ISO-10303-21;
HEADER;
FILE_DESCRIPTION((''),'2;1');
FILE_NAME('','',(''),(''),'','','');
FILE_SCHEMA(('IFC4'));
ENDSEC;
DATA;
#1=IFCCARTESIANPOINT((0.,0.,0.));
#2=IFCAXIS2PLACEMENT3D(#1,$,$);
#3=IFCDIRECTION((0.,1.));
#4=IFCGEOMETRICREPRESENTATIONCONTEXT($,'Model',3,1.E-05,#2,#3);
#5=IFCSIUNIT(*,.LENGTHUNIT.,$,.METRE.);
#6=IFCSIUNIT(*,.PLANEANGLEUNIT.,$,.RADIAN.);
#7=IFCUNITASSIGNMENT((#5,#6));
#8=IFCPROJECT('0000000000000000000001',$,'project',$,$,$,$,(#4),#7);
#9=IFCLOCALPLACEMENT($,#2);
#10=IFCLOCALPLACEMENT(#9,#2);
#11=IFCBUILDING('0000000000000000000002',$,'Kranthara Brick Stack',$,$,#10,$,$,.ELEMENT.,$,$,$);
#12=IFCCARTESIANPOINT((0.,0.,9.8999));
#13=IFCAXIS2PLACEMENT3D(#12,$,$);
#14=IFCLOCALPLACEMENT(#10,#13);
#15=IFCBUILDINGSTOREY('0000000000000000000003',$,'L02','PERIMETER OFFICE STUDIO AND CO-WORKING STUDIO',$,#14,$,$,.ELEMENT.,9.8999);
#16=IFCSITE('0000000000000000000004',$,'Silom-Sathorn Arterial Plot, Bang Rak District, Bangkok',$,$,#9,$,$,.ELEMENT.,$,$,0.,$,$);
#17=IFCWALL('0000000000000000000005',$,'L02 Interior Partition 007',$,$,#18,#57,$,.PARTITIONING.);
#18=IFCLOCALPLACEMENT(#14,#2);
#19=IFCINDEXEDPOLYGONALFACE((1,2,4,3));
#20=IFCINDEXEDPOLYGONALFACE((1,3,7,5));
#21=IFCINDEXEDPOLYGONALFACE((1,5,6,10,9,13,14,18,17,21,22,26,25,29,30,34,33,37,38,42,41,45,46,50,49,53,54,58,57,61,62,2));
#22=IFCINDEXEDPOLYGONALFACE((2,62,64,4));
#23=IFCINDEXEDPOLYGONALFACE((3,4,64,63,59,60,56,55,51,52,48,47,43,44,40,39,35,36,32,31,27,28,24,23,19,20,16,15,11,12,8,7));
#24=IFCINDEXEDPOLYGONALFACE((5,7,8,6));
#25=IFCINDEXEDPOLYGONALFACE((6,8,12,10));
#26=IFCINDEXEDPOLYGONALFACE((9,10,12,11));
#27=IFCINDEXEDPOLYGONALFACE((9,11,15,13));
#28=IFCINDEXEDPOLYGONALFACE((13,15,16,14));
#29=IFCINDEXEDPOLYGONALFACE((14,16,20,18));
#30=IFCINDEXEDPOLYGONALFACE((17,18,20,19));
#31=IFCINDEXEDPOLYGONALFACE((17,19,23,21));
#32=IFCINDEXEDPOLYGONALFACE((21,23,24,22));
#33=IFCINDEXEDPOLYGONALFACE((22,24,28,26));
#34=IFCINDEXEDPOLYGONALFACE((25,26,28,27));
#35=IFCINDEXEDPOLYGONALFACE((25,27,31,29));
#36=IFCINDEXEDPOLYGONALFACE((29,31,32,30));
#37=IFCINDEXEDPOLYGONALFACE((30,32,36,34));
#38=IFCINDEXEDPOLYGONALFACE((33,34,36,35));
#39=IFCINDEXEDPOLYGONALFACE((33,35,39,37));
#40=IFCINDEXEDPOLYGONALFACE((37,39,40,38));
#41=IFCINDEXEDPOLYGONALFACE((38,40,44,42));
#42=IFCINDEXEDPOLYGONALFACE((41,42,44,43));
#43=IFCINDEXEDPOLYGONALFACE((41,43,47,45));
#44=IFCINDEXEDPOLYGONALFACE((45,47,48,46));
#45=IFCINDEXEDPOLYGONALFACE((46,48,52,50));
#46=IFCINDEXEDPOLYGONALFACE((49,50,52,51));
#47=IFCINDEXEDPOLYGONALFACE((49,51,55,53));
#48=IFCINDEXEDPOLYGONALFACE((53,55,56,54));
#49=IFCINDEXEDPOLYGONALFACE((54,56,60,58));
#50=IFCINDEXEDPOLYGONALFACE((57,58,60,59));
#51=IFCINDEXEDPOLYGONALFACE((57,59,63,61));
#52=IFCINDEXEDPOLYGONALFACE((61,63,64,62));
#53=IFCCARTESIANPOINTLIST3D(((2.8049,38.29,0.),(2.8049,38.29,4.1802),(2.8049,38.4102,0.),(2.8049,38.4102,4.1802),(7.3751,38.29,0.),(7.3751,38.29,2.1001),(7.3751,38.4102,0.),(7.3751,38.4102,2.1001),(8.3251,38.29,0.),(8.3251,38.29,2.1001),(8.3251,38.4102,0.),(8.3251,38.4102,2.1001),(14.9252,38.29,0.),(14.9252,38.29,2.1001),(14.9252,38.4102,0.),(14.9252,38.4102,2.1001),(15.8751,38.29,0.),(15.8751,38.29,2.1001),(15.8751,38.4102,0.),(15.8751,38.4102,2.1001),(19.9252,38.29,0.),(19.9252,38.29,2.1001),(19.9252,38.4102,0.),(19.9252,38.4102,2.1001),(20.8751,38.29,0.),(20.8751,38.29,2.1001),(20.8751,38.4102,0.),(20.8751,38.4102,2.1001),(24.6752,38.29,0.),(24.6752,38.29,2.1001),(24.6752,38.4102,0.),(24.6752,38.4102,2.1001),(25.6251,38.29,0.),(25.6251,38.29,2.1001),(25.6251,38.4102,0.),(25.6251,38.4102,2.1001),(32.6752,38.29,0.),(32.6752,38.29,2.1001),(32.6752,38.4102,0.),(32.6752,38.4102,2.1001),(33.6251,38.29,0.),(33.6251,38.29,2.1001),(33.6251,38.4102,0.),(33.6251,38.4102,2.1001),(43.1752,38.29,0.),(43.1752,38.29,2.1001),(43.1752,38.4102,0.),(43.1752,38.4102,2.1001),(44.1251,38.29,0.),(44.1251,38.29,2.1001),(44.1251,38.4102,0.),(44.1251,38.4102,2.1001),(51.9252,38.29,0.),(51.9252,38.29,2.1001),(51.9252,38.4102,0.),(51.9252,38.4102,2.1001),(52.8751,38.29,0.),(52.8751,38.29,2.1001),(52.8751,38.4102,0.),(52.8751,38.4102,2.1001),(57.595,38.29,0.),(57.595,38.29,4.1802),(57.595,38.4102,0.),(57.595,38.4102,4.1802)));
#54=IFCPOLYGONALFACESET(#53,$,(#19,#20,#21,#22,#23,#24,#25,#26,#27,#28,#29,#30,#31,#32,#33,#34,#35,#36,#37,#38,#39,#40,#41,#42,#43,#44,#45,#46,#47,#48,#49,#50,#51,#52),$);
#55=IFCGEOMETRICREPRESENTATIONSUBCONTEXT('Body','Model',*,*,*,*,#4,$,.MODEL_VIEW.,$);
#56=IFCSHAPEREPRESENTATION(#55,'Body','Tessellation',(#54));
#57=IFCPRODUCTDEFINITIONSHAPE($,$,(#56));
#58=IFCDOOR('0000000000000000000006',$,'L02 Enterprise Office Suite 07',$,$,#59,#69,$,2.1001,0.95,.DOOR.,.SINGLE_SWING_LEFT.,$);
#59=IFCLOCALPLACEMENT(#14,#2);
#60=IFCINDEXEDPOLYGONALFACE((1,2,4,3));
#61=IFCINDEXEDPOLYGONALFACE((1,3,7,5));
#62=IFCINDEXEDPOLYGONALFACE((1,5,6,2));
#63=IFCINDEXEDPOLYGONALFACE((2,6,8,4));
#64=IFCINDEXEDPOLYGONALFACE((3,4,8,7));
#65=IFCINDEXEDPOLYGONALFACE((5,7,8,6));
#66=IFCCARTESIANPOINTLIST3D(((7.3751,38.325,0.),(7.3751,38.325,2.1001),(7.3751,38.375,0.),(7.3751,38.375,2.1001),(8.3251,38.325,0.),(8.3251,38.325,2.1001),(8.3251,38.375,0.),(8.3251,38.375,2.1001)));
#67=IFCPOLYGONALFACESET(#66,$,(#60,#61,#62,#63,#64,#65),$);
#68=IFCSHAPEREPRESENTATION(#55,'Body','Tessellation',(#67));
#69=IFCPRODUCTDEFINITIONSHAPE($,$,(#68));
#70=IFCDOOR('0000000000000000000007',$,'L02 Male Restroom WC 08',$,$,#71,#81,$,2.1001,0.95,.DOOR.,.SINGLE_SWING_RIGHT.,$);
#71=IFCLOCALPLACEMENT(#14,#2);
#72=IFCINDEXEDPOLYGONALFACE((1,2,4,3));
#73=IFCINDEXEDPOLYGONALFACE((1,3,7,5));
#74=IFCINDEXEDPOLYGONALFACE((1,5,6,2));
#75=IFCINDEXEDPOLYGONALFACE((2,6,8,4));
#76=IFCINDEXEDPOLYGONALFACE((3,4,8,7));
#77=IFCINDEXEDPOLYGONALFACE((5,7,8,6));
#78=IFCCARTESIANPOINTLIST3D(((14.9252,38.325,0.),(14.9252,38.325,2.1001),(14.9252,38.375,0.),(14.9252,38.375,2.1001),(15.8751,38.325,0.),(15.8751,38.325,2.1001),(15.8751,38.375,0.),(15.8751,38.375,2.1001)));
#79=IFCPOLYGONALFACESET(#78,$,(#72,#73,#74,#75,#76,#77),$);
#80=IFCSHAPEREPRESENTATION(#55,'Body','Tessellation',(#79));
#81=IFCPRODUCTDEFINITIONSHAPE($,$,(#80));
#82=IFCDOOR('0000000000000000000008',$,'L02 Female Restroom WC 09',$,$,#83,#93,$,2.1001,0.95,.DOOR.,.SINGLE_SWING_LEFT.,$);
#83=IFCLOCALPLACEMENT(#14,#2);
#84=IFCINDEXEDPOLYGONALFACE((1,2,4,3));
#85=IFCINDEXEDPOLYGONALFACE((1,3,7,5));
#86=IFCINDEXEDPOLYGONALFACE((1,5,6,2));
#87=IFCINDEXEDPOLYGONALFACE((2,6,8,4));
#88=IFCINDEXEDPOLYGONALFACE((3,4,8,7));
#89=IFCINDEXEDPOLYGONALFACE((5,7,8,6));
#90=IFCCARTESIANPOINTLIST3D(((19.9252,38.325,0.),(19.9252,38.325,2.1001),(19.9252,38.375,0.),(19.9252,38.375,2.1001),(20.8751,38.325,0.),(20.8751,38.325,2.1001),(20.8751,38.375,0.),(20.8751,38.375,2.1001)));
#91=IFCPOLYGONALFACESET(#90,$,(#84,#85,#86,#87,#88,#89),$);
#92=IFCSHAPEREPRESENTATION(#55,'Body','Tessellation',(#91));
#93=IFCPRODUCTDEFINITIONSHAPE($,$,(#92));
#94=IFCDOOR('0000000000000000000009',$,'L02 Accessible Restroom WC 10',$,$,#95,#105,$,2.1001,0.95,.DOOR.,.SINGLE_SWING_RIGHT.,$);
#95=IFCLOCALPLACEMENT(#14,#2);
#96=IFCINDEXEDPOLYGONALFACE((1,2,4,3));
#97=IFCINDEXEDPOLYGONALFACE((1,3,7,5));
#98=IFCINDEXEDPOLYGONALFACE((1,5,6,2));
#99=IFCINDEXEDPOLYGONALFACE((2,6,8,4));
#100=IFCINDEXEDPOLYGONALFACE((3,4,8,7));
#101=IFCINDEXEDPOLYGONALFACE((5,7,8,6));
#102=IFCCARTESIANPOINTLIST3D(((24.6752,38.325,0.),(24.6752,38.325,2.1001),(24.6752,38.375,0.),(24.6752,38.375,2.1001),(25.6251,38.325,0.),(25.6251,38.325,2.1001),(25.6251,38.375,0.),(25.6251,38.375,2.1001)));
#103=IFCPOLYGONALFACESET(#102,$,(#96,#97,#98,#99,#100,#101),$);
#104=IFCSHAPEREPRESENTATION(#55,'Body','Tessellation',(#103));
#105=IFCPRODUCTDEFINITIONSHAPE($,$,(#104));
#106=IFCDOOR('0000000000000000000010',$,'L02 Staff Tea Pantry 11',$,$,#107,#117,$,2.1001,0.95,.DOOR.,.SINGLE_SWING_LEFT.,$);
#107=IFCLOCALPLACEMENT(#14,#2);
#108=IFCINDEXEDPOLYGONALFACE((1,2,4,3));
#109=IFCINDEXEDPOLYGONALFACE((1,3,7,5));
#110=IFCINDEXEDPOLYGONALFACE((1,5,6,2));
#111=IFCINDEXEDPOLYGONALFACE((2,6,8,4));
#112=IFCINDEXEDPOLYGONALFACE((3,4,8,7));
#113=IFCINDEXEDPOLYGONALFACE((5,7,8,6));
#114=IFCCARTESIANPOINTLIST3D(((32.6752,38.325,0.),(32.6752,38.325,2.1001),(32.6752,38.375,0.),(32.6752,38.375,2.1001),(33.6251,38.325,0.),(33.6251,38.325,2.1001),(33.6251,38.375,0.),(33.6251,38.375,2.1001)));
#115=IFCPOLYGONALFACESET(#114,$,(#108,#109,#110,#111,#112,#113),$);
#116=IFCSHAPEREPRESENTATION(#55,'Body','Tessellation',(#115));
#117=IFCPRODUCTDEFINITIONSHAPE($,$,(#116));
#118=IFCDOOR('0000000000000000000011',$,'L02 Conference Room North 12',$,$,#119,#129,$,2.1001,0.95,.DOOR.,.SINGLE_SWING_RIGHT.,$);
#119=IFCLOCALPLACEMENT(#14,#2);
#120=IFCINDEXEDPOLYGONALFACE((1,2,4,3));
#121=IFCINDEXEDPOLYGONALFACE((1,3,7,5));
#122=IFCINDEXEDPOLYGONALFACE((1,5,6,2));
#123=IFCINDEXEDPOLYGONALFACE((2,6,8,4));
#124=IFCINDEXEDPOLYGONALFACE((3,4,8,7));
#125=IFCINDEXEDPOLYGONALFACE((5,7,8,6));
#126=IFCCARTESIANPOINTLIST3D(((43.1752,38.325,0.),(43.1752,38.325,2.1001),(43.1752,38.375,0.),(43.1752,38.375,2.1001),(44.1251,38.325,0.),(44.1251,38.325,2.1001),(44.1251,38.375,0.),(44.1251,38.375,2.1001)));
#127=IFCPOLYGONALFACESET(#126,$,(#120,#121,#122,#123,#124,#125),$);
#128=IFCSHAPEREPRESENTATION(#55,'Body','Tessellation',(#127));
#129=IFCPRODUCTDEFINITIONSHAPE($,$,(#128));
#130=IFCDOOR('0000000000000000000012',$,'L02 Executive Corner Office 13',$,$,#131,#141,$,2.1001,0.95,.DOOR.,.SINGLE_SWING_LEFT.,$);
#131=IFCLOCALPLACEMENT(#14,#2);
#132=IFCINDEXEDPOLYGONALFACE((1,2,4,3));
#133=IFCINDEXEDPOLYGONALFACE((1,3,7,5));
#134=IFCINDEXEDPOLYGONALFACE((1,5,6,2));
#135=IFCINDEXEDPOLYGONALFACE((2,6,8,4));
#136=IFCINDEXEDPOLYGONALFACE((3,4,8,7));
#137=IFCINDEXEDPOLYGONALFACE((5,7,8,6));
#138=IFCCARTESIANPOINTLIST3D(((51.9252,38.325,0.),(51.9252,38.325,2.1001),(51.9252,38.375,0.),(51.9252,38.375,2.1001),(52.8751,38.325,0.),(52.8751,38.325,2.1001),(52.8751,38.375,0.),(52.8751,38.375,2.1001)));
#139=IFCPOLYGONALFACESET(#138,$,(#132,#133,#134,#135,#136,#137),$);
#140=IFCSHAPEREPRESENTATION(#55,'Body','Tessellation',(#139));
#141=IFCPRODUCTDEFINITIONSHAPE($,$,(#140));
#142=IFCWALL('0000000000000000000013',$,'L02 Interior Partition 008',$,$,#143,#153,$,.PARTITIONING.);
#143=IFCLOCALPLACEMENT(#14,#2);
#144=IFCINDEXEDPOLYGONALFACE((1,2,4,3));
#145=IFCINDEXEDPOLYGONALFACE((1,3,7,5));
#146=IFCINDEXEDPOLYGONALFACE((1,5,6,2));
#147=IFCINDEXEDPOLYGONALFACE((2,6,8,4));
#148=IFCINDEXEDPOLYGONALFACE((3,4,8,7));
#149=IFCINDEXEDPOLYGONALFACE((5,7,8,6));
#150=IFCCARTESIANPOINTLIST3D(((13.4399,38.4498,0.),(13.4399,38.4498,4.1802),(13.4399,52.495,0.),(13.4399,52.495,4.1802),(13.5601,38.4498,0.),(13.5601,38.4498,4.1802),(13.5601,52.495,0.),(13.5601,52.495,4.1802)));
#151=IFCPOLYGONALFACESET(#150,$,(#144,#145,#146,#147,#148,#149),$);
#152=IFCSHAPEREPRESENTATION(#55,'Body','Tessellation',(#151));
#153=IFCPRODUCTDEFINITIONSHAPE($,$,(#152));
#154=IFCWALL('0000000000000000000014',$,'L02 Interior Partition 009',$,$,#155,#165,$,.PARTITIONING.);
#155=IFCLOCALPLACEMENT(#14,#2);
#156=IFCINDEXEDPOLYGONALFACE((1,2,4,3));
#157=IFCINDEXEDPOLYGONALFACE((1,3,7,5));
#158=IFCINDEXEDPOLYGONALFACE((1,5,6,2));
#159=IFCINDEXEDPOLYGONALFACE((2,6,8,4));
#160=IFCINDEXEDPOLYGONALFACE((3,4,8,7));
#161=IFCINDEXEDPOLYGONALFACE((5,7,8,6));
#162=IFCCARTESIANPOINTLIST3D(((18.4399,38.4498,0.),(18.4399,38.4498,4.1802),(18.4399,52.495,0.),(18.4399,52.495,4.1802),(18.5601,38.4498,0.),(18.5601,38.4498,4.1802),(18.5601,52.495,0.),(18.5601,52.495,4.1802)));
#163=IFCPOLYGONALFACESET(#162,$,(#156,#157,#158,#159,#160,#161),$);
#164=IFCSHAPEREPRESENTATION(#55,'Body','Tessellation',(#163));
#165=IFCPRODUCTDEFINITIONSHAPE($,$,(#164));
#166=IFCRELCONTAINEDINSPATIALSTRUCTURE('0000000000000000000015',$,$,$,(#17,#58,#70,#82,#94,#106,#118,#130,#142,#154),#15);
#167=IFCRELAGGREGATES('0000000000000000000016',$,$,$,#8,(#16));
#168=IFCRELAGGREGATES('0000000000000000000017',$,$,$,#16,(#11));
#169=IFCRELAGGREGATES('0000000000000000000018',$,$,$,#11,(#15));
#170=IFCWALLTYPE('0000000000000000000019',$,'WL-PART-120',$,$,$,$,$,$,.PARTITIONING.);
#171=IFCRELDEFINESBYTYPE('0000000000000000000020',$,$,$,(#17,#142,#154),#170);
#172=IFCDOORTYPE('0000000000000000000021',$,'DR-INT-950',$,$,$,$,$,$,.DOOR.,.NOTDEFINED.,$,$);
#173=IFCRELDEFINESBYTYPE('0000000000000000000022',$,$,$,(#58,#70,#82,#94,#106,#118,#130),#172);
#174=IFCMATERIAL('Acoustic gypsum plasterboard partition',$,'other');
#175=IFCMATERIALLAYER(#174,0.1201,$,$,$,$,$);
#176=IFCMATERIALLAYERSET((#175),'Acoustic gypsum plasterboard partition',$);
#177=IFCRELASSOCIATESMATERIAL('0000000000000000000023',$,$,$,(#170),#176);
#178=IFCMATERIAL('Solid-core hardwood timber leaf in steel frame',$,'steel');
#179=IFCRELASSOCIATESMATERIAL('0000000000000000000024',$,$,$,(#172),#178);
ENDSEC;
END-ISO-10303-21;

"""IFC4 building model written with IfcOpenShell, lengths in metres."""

from ifc_helpers import new_model, si_unit, direction, frame, frame_2d, origin, place, context, subcontext, project, spatial, rectangle, extrude, material, layer, layer_set, type_object, element, fill, save


model = new_model("IFC4")

# Units and contexts
model_context = context("Model", 3, precision=1e-05, world=origin(), true_north=direction((0.0, 1.0)))
body_context = subcontext(model_context, "Body", "Model", "MODEL_VIEW")
ifc_project = project(units=[si_unit("LENGTHUNIT", "METRE"), si_unit("PLANEANGLEUNIT", "RADIAN")], contexts=[model_context])

# Site, building, storey
site_placement = place(None, origin())
site = spatial("IfcSite", under=ifc_project, at=site_placement, Name="Silom-Sathorn Arterial Plot, Bang Rak District, Bangkok", CompositionType="ELEMENT", RefElevation=0.0)
building_placement = place(site_placement, origin())
building = spatial("IfcBuilding", under=site, at=building_placement, Name="Kranthara Brick Stack", CompositionType="ELEMENT")
storey_placement = place(building_placement, frame((0.0, 0.0, 9.8999)))
storey = spatial("IfcBuildingStorey", under=building, at=storey_placement, Name="L02", Description="PERIMETER OFFICE STUDIO AND CO-WORKING STUDIO", CompositionType="ELEMENT", Elevation=9.8999)

# Wall, openings, doors
ifc_material_1 = material(Name="Acoustic gypsum plasterboard partition", Category="other")
ifc_layer_1 = layer(ifc_material_1, 0.1201)
ifc_layer_set_1 = layer_set([ifc_layer_1], Name="Acoustic gypsum plasterboard partition")
wall_type_1 = type_object("IfcWallType", Name="WL-PART-120", PredefinedType="PARTITIONING", material=ifc_layer_set_1)
wall_1_placement = place(storey_placement, frame((2.8049, 38.3501, 0.0), z_axis=(0.0, 0.0, 1.0), x_axis=(1.0, 0.0, 0.0)))
wall_1 = element("IfcWall", 1, at=wall_1_placement, inside=storey, type_object=wall_type_1, Name="L02 Interior Partition 007", PredefinedType="PARTITIONING", context=body_context, shape_type="SweptSolid", body=[
    extrude(rectangle(XDim=54.79, YDim=0.1201, at=frame_2d((27.395, 0.0))), origin(), (0.0, 0.0, 1.0), 4.1802),
])
opening_1_placement = place(wall_1_placement, frame((4.5701, 0.0, 0.0)))
opening_1 = element("IfcOpeningElement", 2, at=opening_1_placement, cuts=wall_1, PredefinedType="OPENING", context=body_context, shape_type="SweptSolid", body=[
    extrude(rectangle(XDim=0.95, YDim=2.1001, at=frame_2d((0.4751, 1.05))), frame((0.0, 0.0701, 0.0), z_axis=(0.0, -1.0, 0.0), x_axis=(1.0, 0.0, 0.0)), (0.0, 0.0, 1.0), 0.1401),
])
opening_2_placement = place(wall_1_placement, frame((12.1201, 0.0, 0.0)))
opening_2 = element("IfcOpeningElement", 3, at=opening_2_placement, cuts=wall_1, PredefinedType="OPENING", context=body_context, shape_type="SweptSolid", body=[
    extrude(rectangle(XDim=0.95, YDim=2.1001, at=frame_2d((0.4751, 1.05))), frame((0.0, 0.0701, 0.0), z_axis=(0.0, -1.0, 0.0), x_axis=(1.0, 0.0, 0.0)), (0.0, 0.0, 1.0), 0.1401),
])
opening_3_placement = place(wall_1_placement, frame((17.1201, 0.0, 0.0)))
opening_3 = element("IfcOpeningElement", 4, at=opening_3_placement, cuts=wall_1, PredefinedType="OPENING", context=body_context, shape_type="SweptSolid", body=[
    extrude(rectangle(XDim=0.95, YDim=2.1001, at=frame_2d((0.4751, 1.05))), frame((0.0, 0.0701, 0.0), z_axis=(0.0, -1.0, 0.0), x_axis=(1.0, 0.0, 0.0)), (0.0, 0.0, 1.0), 0.1401),
])
opening_4_placement = place(wall_1_placement, frame((21.8701, 0.0, 0.0)))
opening_4 = element("IfcOpeningElement", 5, at=opening_4_placement, cuts=wall_1, PredefinedType="OPENING", context=body_context, shape_type="SweptSolid", body=[
    extrude(rectangle(XDim=0.95, YDim=2.1001, at=frame_2d((0.4751, 1.05))), frame((0.0, 0.0701, 0.0), z_axis=(0.0, -1.0, 0.0), x_axis=(1.0, 0.0, 0.0)), (0.0, 0.0, 1.0), 0.1401),
])
opening_5_placement = place(wall_1_placement, frame((29.8701, 0.0, 0.0)))
opening_5 = element("IfcOpeningElement", 6, at=opening_5_placement, cuts=wall_1, PredefinedType="OPENING", context=body_context, shape_type="SweptSolid", body=[
    extrude(rectangle(XDim=0.95, YDim=2.1001, at=frame_2d((0.4751, 1.05))), frame((0.0, 0.0701, 0.0), z_axis=(0.0, -1.0, 0.0), x_axis=(1.0, 0.0, 0.0)), (0.0, 0.0, 1.0), 0.1401),
])
opening_6_placement = place(wall_1_placement, frame((40.3701, 0.0, 0.0)))
opening_6 = element("IfcOpeningElement", 7, at=opening_6_placement, cuts=wall_1, PredefinedType="OPENING", context=body_context, shape_type="SweptSolid", body=[
    extrude(rectangle(XDim=0.95, YDim=2.1001, at=frame_2d((0.4751, 1.05))), frame((0.0, 0.0701, 0.0), z_axis=(0.0, -1.0, 0.0), x_axis=(1.0, 0.0, 0.0)), (0.0, 0.0, 1.0), 0.1401),
])
opening_7_placement = place(wall_1_placement, frame((49.1201, 0.0, 0.0)))
opening_7 = element("IfcOpeningElement", 8, at=opening_7_placement, cuts=wall_1, PredefinedType="OPENING", context=body_context, shape_type="SweptSolid", body=[
    extrude(rectangle(XDim=0.95, YDim=2.1001, at=frame_2d((0.4751, 1.05))), frame((0.0, 0.0701, 0.0), z_axis=(0.0, -1.0, 0.0), x_axis=(1.0, 0.0, 0.0)), (0.0, 0.0, 1.0), 0.1401),
])
ifc_material_2 = material(Name="Solid-core hardwood timber leaf in steel frame", Category="steel")
door_type_1 = type_object("IfcDoorType", Name="DR-INT-950", OperationType="NOTDEFINED", PredefinedType="DOOR", material=ifc_material_2)
door_1_placement = place(opening_1_placement, origin())
door_1 = element("IfcDoor", 9, at=door_1_placement, inside=storey, type_object=door_type_1, Name="L02 Enterprise Office Suite 07", OperationType="SINGLE_SWING_LEFT", OverallHeight=2.1001, OverallWidth=0.95, PredefinedType="DOOR", context=body_context, shape_type="SweptSolid", body=[
    extrude(rectangle(XDim=0.95, YDim=2.1001, at=frame_2d((0.4751, 1.05))), frame((0.0, 0.0249, 0.0), z_axis=(0.0, -1.0, 0.0), x_axis=(1.0, 0.0, 0.0)), (0.0, 0.0, 1.0), 0.05),
])
fill(opening_1, door_1)
door_2_placement = place(opening_2_placement, origin())
door_2 = element("IfcDoor", 10, at=door_2_placement, inside=storey, type_object=door_type_1, Name="L02 Male Restroom WC 08", OperationType="SINGLE_SWING_RIGHT", OverallHeight=2.1001, OverallWidth=0.95, PredefinedType="DOOR", context=body_context, shape_type="SweptSolid", body=[
    extrude(rectangle(XDim=0.95, YDim=2.1001, at=frame_2d((0.4751, 1.05))), frame((0.0, 0.0249, 0.0), z_axis=(0.0, -1.0, 0.0), x_axis=(1.0, 0.0, 0.0)), (0.0, 0.0, 1.0), 0.05),
])
fill(opening_2, door_2)
door_3_placement = place(opening_3_placement, origin())
door_3 = element("IfcDoor", 11, at=door_3_placement, inside=storey, type_object=door_type_1, Name="L02 Female Restroom WC 09", OperationType="SINGLE_SWING_LEFT", OverallHeight=2.1001, OverallWidth=0.95, PredefinedType="DOOR", context=body_context, shape_type="SweptSolid", body=[
    extrude(rectangle(XDim=0.95, YDim=2.1001, at=frame_2d((0.4751, 1.05))), frame((0.0, 0.0249, 0.0), z_axis=(0.0, -1.0, 0.0), x_axis=(1.0, 0.0, 0.0)), (0.0, 0.0, 1.0), 0.05),
])
fill(opening_3, door_3)
door_4_placement = place(opening_4_placement, origin())
door_4 = element("IfcDoor", 12, at=door_4_placement, inside=storey, type_object=door_type_1, Name="L02 Accessible Restroom WC 10", OperationType="SINGLE_SWING_RIGHT", OverallHeight=2.1001, OverallWidth=0.95, PredefinedType="DOOR", context=body_context, shape_type="SweptSolid", body=[
    extrude(rectangle(XDim=0.95, YDim=2.1001, at=frame_2d((0.4751, 1.05))), frame((0.0, 0.0249, 0.0), z_axis=(0.0, -1.0, 0.0), x_axis=(1.0, 0.0, 0.0)), (0.0, 0.0, 1.0), 0.05),
])
fill(opening_4, door_4)
door_5_placement = place(opening_5_placement, origin())
door_5 = element("IfcDoor", 13, at=door_5_placement, inside=storey, type_object=door_type_1, Name="L02 Staff Tea Pantry 11", OperationType="SINGLE_SWING_LEFT", OverallHeight=2.1001, OverallWidth=0.95, PredefinedType="DOOR", context=body_context, shape_type="SweptSolid", body=[
    extrude(rectangle(XDim=0.95, YDim=2.1001, at=frame_2d((0.4751, 1.05))), frame((0.0, 0.0249, 0.0), z_axis=(0.0, -1.0, 0.0), x_axis=(1.0, 0.0, 0.0)), (0.0, 0.0, 1.0), 0.05),
])
fill(opening_5, door_5)
door_6_placement = place(opening_6_placement, origin())
door_6 = element("IfcDoor", 14, at=door_6_placement, inside=storey, type_object=door_type_1, Name="L02 Conference Room North 12", OperationType="SINGLE_SWING_RIGHT", OverallHeight=2.1001, OverallWidth=0.95, PredefinedType="DOOR", context=body_context, shape_type="SweptSolid", body=[
    extrude(rectangle(XDim=0.95, YDim=2.1001, at=frame_2d((0.4751, 1.05))), frame((0.0, 0.0249, 0.0), z_axis=(0.0, -1.0, 0.0), x_axis=(1.0, 0.0, 0.0)), (0.0, 0.0, 1.0), 0.05),
])
fill(opening_6, door_6)
door_7_placement = place(opening_7_placement, origin())
door_7 = element("IfcDoor", 15, at=door_7_placement, inside=storey, type_object=door_type_1, Name="L02 Executive Corner Office 13", OperationType="SINGLE_SWING_LEFT", OverallHeight=2.1001, OverallWidth=0.95, PredefinedType="DOOR", context=body_context, shape_type="SweptSolid", body=[
    extrude(rectangle(XDim=0.95, YDim=2.1001, at=frame_2d((0.4751, 1.05))), frame((0.0, 0.0249, 0.0), z_axis=(0.0, -1.0, 0.0), x_axis=(1.0, 0.0, 0.0)), (0.0, 0.0, 1.0), 0.05),
])
fill(opening_7, door_7)

# Walls
for number, where, z_axis, x_axis, name in (
    (16, (13.5, 38.45, 0.0), (0.0, 0.0, 1.0), (0.0, 1.0, 0.0), "L02 Interior Partition 008"),
    (17, (18.5, 38.45, 0.0), (0.0, 0.0, 1.0), (0.0, 1.0, 0.0), "L02 Interior Partition 009"),
):
    element("IfcWall", number, at=place(storey_placement, frame(where, z_axis=z_axis, x_axis=x_axis)), inside=storey, type_object=wall_type_1, Name=name, PredefinedType="PARTITIONING", context=body_context, shape_type="SweptSolid", body=[
        extrude(rectangle(XDim=14.0452, YDim=0.1201, at=frame_2d((7.0225, 0.0))), origin(), (0.0, 0.0, 1.0), 4.1802),
    ])

save(model, "model.ifc")
